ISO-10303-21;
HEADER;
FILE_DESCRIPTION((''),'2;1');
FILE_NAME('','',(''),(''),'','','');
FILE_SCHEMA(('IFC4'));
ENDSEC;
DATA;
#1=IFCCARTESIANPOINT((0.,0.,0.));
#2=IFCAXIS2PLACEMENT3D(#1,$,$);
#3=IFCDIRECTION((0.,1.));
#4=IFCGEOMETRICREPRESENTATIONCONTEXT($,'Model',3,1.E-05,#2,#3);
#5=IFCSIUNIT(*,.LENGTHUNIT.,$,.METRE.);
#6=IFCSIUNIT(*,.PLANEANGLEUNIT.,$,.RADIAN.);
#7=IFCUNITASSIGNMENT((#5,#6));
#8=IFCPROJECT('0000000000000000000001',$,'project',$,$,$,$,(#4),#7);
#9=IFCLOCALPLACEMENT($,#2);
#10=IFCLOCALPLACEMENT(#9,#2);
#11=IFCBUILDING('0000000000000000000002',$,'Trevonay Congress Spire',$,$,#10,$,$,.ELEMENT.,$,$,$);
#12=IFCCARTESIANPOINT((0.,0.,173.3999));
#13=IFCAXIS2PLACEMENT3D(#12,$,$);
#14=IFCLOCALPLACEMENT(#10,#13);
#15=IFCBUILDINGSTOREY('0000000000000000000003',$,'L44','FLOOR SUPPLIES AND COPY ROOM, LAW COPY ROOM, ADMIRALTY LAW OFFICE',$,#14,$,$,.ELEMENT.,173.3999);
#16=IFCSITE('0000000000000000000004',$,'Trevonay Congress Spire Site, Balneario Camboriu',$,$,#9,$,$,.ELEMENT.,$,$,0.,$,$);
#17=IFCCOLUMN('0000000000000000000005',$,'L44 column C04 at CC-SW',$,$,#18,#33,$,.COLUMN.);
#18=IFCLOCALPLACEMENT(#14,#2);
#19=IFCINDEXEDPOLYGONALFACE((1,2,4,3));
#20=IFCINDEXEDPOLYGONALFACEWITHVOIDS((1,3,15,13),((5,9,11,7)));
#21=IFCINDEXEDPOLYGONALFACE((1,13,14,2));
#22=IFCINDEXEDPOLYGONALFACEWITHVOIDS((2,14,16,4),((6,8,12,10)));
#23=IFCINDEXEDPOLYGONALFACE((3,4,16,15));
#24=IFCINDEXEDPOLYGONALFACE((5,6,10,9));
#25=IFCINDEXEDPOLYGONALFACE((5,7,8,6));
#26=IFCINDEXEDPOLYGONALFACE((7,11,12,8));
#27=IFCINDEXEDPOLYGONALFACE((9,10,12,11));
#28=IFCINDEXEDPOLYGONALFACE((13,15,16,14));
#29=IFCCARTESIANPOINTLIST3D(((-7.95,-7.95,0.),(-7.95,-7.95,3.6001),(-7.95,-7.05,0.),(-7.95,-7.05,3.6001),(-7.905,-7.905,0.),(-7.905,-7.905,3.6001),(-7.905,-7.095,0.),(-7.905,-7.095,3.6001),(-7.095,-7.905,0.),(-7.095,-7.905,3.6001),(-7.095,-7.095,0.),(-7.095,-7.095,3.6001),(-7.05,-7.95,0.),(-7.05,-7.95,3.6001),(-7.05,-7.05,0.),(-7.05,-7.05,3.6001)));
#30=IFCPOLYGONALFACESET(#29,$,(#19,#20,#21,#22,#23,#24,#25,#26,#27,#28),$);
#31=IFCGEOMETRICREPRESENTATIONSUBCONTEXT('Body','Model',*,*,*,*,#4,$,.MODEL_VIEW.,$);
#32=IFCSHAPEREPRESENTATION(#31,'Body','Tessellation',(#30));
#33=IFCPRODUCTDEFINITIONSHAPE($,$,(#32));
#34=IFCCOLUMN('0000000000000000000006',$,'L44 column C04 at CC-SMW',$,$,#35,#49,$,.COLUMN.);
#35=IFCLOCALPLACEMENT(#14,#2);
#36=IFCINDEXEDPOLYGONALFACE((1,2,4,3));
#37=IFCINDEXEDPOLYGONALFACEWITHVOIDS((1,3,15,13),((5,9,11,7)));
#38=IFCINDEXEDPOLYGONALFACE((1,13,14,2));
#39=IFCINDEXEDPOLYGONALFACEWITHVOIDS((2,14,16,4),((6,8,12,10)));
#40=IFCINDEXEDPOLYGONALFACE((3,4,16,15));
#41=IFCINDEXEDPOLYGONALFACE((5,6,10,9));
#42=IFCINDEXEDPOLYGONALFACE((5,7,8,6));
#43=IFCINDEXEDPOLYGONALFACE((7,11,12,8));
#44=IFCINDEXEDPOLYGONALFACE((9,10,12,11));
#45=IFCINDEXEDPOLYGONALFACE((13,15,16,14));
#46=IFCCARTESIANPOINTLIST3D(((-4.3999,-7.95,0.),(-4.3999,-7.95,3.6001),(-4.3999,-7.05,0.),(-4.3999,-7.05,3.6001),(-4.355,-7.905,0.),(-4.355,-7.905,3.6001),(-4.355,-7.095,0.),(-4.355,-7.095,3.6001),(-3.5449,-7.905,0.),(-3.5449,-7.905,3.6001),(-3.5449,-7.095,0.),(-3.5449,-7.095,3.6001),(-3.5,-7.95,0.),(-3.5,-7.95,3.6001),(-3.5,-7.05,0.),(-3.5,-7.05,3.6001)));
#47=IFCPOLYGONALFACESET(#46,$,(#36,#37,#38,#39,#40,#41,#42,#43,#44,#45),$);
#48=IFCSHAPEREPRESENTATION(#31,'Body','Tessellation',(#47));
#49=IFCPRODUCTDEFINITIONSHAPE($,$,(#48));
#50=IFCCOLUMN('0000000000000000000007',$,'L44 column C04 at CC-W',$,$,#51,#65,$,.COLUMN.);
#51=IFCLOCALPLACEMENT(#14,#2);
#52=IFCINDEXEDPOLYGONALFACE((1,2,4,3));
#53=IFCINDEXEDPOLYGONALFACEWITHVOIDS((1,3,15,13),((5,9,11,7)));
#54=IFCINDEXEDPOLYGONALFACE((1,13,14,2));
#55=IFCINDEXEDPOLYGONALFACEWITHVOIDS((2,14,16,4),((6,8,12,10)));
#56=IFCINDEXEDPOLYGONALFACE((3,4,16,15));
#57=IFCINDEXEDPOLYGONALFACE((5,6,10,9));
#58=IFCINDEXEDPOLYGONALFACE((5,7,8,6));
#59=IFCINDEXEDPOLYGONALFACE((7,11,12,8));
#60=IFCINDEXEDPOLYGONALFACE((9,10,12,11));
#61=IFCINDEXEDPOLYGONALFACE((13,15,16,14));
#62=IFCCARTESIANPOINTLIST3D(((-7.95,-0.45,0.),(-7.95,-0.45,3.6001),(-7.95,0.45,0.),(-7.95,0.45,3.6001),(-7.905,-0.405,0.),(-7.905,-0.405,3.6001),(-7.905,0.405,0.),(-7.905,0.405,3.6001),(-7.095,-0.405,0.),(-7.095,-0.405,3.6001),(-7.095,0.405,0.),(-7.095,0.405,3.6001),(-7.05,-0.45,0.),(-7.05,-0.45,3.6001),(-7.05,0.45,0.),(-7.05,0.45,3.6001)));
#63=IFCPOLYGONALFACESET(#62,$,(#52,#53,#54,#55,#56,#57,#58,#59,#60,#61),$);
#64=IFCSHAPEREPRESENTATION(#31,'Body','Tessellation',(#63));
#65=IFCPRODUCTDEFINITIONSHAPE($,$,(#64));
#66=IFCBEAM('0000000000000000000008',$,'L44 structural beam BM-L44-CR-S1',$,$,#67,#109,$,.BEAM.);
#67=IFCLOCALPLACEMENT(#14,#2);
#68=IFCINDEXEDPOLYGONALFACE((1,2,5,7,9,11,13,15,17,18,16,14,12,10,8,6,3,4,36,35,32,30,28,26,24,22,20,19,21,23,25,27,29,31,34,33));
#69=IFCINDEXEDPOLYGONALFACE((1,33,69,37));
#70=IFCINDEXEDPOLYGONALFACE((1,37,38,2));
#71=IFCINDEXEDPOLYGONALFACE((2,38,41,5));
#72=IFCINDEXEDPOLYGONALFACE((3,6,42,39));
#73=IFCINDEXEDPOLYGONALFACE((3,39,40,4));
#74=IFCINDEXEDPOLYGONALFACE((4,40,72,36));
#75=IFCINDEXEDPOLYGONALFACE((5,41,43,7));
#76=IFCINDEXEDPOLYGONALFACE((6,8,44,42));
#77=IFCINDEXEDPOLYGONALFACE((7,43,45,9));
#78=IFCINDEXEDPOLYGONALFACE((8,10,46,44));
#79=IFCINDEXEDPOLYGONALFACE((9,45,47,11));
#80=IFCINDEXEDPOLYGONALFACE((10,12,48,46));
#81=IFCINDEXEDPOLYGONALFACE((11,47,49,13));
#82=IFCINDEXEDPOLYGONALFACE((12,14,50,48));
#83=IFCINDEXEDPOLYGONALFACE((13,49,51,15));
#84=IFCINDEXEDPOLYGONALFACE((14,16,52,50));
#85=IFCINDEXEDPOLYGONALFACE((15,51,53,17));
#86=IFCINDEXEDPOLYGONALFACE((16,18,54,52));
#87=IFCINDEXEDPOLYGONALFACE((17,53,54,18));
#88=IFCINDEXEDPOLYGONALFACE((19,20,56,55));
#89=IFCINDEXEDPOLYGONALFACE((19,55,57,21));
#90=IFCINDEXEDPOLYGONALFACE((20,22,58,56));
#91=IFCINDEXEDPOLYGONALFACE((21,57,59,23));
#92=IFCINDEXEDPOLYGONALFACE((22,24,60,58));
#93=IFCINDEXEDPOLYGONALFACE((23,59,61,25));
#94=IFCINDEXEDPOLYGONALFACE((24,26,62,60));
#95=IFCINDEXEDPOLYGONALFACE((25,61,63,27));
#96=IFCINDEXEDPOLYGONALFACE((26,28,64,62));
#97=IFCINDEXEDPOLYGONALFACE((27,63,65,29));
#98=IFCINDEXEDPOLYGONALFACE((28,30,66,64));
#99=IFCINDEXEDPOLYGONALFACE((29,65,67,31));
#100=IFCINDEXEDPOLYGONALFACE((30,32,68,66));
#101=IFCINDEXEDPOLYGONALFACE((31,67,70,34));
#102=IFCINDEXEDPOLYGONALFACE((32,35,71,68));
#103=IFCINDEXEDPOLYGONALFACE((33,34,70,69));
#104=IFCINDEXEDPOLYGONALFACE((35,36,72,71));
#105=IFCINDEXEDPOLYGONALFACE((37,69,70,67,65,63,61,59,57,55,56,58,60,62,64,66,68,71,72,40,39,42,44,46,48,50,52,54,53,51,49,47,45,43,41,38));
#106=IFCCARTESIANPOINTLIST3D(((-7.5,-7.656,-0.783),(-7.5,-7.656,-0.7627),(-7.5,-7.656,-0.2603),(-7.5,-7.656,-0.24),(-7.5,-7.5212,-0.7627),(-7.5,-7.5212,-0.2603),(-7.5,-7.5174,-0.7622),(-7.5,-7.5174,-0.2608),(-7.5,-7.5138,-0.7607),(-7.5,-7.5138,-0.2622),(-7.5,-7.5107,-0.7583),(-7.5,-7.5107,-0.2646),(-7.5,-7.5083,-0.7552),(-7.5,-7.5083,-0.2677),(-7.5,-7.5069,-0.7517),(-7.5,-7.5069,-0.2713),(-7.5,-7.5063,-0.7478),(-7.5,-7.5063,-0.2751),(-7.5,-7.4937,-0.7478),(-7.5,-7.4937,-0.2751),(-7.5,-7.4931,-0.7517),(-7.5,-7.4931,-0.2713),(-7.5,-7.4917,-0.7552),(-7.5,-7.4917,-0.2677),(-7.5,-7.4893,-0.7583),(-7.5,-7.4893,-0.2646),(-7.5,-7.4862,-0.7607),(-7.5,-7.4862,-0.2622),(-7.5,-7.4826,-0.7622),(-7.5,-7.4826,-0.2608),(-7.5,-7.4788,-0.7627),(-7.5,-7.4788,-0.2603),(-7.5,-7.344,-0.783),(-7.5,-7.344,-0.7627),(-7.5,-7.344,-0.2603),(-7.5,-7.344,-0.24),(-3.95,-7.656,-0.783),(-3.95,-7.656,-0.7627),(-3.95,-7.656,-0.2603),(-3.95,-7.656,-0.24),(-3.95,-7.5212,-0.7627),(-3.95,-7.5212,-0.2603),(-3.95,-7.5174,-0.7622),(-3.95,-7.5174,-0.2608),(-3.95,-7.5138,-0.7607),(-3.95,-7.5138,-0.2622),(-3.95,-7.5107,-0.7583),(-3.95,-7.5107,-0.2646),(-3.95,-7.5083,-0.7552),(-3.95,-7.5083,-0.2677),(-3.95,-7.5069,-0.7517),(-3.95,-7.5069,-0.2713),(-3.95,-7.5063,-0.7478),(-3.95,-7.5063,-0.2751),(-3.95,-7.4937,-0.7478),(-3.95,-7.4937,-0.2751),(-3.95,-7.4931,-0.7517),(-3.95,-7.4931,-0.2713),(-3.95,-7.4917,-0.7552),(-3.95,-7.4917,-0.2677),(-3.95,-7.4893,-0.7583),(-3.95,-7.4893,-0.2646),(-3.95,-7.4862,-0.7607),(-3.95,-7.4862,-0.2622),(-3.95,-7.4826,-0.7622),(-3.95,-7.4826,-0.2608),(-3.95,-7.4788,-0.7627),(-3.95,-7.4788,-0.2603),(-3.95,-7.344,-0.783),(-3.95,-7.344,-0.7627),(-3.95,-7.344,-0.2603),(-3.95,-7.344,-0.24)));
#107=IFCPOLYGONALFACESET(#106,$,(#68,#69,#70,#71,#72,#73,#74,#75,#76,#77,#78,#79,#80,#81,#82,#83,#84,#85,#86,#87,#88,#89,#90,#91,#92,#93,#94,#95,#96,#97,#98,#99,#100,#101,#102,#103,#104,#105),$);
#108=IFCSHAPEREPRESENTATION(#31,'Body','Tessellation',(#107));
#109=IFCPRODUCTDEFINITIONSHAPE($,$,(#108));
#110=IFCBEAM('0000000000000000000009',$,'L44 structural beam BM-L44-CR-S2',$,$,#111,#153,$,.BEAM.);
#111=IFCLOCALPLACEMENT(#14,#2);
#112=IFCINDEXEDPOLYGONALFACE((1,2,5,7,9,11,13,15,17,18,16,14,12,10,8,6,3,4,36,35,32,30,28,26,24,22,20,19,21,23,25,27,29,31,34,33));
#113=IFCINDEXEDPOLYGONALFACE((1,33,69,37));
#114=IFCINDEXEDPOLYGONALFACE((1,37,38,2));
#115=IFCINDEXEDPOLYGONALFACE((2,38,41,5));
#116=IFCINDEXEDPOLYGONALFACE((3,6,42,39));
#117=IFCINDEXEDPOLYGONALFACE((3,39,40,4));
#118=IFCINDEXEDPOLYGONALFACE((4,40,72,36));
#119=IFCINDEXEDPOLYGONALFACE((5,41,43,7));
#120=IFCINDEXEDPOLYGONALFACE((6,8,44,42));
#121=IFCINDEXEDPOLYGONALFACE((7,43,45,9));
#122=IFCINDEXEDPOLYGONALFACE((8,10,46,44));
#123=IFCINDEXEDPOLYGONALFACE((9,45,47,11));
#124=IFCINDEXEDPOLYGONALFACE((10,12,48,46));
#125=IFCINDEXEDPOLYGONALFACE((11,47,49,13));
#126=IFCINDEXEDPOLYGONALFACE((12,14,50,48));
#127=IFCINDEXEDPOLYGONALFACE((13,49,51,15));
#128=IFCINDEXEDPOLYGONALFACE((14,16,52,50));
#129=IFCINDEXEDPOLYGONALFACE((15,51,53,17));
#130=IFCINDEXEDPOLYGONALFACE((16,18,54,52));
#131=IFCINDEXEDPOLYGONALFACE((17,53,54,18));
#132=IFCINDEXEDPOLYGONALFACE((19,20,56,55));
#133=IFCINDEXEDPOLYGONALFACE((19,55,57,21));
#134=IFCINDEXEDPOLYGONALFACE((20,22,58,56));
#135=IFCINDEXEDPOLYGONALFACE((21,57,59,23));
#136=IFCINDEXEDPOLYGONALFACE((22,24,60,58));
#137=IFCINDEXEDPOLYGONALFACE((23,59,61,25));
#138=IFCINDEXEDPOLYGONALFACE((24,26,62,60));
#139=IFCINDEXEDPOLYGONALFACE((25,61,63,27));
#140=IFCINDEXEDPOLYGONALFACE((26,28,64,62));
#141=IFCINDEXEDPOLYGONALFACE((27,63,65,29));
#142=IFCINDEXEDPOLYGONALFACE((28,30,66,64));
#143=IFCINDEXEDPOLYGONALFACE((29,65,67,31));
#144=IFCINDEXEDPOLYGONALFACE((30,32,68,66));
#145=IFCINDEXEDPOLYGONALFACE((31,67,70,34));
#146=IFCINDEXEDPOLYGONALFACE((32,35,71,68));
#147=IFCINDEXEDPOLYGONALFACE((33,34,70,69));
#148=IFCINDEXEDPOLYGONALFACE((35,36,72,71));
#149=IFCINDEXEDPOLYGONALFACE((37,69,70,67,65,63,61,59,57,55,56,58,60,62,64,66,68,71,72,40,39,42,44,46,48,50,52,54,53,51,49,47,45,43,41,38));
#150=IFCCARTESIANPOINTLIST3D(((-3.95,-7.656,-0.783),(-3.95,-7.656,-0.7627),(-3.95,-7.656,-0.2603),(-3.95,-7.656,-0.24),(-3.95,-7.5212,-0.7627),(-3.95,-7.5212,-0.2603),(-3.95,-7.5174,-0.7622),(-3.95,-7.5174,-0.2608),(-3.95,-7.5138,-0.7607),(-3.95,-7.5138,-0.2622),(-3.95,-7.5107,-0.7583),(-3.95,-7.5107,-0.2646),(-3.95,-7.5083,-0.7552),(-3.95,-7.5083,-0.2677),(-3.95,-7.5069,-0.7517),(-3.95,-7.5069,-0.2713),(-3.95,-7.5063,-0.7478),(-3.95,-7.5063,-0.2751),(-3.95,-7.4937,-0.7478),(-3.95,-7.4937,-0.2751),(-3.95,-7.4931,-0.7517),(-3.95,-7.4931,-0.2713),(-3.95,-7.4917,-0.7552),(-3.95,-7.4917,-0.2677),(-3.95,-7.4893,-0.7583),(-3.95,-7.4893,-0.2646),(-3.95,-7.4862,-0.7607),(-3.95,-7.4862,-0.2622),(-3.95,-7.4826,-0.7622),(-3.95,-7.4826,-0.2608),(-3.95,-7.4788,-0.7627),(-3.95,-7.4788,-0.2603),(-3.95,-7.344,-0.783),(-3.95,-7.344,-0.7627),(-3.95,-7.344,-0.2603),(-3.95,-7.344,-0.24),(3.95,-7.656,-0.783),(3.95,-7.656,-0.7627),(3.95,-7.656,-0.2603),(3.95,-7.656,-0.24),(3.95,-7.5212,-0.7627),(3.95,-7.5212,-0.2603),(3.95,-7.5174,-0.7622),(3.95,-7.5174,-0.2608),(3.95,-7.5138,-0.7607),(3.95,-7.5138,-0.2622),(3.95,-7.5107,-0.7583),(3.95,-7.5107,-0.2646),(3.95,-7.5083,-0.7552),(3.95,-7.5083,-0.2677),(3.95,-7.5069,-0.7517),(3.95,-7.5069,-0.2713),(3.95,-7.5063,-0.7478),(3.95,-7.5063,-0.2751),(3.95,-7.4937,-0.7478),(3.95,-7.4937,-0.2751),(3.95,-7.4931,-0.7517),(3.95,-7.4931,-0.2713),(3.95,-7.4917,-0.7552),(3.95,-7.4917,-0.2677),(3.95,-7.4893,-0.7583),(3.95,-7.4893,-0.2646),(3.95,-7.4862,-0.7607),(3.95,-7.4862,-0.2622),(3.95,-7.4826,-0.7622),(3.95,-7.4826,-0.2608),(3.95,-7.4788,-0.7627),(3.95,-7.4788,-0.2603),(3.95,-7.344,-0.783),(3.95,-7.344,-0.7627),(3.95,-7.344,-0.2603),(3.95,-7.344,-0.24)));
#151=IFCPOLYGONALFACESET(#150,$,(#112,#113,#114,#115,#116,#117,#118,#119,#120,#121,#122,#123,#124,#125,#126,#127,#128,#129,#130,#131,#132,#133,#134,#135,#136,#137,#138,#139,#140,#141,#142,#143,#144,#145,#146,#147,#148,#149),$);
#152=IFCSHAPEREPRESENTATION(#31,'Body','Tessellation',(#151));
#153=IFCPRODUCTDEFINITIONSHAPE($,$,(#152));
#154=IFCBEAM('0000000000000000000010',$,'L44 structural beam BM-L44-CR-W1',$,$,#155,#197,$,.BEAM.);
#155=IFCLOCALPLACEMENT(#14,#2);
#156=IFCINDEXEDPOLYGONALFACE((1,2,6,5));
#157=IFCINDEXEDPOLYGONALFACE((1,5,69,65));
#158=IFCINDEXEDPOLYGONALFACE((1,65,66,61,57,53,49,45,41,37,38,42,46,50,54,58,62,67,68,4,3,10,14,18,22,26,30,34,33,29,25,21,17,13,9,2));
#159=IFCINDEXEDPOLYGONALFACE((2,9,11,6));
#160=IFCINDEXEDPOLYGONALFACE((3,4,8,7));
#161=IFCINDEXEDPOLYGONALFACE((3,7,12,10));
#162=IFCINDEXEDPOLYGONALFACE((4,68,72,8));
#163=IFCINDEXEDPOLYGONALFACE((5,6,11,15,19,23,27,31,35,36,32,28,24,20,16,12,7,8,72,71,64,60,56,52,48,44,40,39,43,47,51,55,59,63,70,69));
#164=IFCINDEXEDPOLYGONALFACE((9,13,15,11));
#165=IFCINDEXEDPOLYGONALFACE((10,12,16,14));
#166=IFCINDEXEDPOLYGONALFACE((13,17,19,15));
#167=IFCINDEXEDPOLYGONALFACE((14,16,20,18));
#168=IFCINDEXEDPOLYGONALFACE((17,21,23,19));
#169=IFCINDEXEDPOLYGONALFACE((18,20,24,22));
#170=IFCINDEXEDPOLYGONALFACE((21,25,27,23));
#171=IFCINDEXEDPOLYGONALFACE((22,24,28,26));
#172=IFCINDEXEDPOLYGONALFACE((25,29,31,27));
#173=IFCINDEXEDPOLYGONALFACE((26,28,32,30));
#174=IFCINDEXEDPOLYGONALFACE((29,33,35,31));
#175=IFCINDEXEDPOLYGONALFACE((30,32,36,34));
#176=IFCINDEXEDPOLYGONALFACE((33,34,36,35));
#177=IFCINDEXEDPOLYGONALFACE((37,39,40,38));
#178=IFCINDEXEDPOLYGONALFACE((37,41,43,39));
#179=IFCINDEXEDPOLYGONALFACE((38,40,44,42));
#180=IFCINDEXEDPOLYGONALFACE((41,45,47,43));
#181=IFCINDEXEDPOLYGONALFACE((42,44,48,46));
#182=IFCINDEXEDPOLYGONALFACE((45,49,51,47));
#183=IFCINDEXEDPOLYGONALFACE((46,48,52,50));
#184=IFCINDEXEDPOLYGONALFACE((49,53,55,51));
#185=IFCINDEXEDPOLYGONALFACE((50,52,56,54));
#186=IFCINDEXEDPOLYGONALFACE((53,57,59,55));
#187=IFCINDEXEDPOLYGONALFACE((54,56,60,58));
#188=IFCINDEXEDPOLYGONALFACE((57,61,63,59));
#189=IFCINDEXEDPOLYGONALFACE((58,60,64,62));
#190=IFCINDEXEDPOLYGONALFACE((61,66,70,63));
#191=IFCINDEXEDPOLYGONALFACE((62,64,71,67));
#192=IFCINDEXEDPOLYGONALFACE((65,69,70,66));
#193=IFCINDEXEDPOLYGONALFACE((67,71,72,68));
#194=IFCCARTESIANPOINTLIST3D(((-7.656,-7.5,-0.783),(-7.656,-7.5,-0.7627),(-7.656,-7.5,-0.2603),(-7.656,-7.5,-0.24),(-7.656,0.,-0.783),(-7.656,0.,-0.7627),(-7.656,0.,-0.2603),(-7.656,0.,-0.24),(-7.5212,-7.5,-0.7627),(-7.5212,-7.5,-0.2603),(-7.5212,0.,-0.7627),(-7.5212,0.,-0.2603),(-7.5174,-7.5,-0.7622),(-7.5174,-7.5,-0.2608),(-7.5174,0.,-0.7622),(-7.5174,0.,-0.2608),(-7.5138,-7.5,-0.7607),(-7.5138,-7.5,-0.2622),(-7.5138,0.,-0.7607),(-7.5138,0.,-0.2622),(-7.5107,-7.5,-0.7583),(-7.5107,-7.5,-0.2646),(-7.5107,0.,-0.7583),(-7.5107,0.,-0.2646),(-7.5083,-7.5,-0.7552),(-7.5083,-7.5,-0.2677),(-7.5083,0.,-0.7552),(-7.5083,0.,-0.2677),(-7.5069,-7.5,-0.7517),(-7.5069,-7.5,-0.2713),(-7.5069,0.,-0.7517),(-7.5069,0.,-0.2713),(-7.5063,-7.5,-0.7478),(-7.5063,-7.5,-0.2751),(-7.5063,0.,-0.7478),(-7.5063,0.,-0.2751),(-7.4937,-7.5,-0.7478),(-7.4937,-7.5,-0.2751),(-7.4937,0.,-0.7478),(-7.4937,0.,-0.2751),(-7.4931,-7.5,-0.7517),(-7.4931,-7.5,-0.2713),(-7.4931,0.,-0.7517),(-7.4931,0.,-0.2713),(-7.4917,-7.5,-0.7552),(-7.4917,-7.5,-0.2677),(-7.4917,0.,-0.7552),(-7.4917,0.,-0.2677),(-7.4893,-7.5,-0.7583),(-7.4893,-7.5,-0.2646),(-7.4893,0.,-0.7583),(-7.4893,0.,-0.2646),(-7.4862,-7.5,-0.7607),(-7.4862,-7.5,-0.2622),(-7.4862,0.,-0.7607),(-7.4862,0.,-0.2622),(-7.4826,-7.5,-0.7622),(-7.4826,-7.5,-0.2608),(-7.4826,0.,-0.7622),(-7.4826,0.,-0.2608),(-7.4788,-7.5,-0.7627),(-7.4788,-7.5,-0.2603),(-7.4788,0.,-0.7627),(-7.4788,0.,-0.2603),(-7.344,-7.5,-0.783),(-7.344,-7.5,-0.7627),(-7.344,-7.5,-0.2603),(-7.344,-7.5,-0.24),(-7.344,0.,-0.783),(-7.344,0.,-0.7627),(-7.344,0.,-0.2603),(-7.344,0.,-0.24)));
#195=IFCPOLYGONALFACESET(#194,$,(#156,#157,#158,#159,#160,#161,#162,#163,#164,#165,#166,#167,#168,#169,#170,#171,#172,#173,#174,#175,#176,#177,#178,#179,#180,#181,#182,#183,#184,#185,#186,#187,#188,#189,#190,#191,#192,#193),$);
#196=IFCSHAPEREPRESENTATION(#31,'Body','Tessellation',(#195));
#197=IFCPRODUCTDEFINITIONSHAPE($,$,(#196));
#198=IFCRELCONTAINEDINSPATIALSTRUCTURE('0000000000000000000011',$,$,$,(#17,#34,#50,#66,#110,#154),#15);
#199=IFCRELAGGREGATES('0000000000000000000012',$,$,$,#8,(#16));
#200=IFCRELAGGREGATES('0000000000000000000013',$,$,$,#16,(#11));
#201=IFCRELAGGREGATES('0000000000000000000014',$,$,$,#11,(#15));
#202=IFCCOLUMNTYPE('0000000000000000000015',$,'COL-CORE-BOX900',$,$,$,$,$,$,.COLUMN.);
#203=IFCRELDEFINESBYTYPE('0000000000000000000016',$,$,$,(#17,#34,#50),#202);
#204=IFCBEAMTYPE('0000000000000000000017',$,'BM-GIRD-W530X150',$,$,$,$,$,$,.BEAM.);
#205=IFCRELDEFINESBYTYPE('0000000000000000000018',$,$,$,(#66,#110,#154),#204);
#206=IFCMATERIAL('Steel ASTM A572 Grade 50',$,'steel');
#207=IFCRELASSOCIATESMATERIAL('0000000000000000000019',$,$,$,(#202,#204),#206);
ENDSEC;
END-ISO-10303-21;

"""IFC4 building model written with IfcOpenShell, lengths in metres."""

from ifc_helpers import new_model, si_unit, direction, frame, origin, origin_2d, place, context, subcontext, project, spatial, hollow_rectangle, i_section, extrude, material, material_profile, profile_set, type_object, element, save


model = new_model("IFC4")

# Units and contexts
model_context = context("Model", 3, precision=1e-05, world=origin(), true_north=direction((0.0, 1.0)))
body_context = subcontext(model_context, "Body", "Model", "MODEL_VIEW")
ifc_project = project(units=[si_unit("LENGTHUNIT", "METRE"), si_unit("PLANEANGLEUNIT", "RADIAN")], contexts=[model_context])

# Site, building, storey
site_placement = place(None, origin())
site = spatial("IfcSite", under=ifc_project, at=site_placement, Name="Trevonay Congress Spire Site, Balneario Camboriu", CompositionType="ELEMENT", RefElevation=0.0)
building_placement = place(site_placement, origin())
building = spatial("IfcBuilding", under=site, at=building_placement, Name="Trevonay Congress Spire", CompositionType="ELEMENT")
storey_placement = place(building_placement, frame((0.0, 0.0, 173.3999)))
storey = spatial("IfcBuildingStorey", under=building, at=storey_placement, Name="L44", Description="FLOOR SUPPLIES AND COPY ROOM, LAW COPY ROOM, ADMIRALTY LAW OFFICE", CompositionType="ELEMENT", Elevation=173.3999)

# Columns
ifc_material_1 = material(Name="Steel ASTM A572 Grade 50", Category="steel")
ifc_material_profile_1 = material_profile(ifc_material_1, hollow_rectangle(XDim=0.8999, YDim=0.8999, WallThickness=0.0449, at=origin_2d()), Name="BOX 900x900x45")
ifc_profile_set_1 = profile_set([ifc_material_profile_1], Name="Steel ASTM A572 Grade 50")
column_type = type_object("IfcColumnType", Name="COL-CORE-BOX900", PredefinedType="COLUMN", material=ifc_profile_set_1)
for number, where, z_axis, x_axis, name in (
    (1, (-7.5, -7.5, 0.0), (0.0, 0.0, 1.0), (1.0, 0.0, 0.0), "L44 column C04 at CC-SW"),
    (2, (-3.95, -7.5, 0.0), (0.0, 0.0, 1.0), (1.0, 0.0, 0.0), "L44 column C04 at CC-SMW"),
    (3, (-7.5, 0.0, 0.0), (0.0, 0.0, 1.0), (1.0, 0.0, 0.0), "L44 column C04 at CC-W"),
):
    element("IfcColumn", number, at=place(storey_placement, frame(where, z_axis=z_axis, x_axis=x_axis)), inside=storey, type_object=column_type, Name=name, PredefinedType="COLUMN", context=body_context, shape_type="SweptSolid", body=[
        extrude(hollow_rectangle(XDim=0.8999, YDim=0.8999, WallThickness=0.0449, at=origin_2d()), origin(), (0.0, 0.0, 1.0), 3.6001),
    ])

# Beams
ifc_material_profile_2 = material_profile(ifc_material_1, i_section(OverallWidth=0.312, OverallDepth=0.543, WebThickness=0.0127, FlangeThickness=0.0203, FilletRadius=0.0149, at=origin_2d()), Name="W530x150")
ifc_profile_set_2 = profile_set([ifc_material_profile_2], Name="Steel ASTM A572 Grade 50")
beam_type_1 = type_object("IfcBeamType", Name="BM-GIRD-W530X150", PredefinedType="BEAM", material=ifc_profile_set_2)
beam_1_placement = place(storey_placement, frame((-7.5, -7.5, -0.5115), z_axis=(1.0, 0.0, 0.0), x_axis=(0.0, 1.0, 0.0)))
element("IfcBeam", 4, at=beam_1_placement, inside=storey, type_object=beam_type_1, Name="L44 structural beam BM-L44-CR-S1", PredefinedType="BEAM", context=body_context, shape_type="SweptSolid", body=[
    extrude(i_section(OverallWidth=0.312, OverallDepth=0.543, WebThickness=0.0127, FlangeThickness=0.0203, FilletRadius=0.0149, at=origin_2d()), origin(), (0.0, 0.0, 1.0), 3.55),
])
beam_2_placement = place(storey_placement, frame((-3.95, -7.5, -0.5115), z_axis=(1.0, 0.0, 0.0), x_axis=(0.0, 1.0, 0.0)))
element("IfcBeam", 5, at=beam_2_placement, inside=storey, type_object=beam_type_1, Name="L44 structural beam BM-L44-CR-S2", PredefinedType="BEAM", context=body_context, shape_type="SweptSolid", body=[
    extrude(i_section(OverallWidth=0.312, OverallDepth=0.543, WebThickness=0.0127, FlangeThickness=0.0203, FilletRadius=0.0149, at=origin_2d()), origin(), (0.0, 0.0, 1.0), 7.8999),
])
beam_3_placement = place(storey_placement, frame((-7.5, -7.5, -0.5115), z_axis=(0.0, 1.0, 0.0), x_axis=(-1.0, 0.0, 0.0)))
element("IfcBeam", 6, at=beam_3_placement, inside=storey, type_object=beam_type_1, Name="L44 structural beam BM-L44-CR-W1", PredefinedType="BEAM", context=body_context, shape_type="SweptSolid", body=[
    extrude(i_section(OverallWidth=0.312, OverallDepth=0.543, WebThickness=0.0127, FlangeThickness=0.0203, FilletRadius=0.0149, at=origin_2d()), origin(), (0.0, 0.0, 1.0), 7.5),
])

save(model, "model.ifc")
